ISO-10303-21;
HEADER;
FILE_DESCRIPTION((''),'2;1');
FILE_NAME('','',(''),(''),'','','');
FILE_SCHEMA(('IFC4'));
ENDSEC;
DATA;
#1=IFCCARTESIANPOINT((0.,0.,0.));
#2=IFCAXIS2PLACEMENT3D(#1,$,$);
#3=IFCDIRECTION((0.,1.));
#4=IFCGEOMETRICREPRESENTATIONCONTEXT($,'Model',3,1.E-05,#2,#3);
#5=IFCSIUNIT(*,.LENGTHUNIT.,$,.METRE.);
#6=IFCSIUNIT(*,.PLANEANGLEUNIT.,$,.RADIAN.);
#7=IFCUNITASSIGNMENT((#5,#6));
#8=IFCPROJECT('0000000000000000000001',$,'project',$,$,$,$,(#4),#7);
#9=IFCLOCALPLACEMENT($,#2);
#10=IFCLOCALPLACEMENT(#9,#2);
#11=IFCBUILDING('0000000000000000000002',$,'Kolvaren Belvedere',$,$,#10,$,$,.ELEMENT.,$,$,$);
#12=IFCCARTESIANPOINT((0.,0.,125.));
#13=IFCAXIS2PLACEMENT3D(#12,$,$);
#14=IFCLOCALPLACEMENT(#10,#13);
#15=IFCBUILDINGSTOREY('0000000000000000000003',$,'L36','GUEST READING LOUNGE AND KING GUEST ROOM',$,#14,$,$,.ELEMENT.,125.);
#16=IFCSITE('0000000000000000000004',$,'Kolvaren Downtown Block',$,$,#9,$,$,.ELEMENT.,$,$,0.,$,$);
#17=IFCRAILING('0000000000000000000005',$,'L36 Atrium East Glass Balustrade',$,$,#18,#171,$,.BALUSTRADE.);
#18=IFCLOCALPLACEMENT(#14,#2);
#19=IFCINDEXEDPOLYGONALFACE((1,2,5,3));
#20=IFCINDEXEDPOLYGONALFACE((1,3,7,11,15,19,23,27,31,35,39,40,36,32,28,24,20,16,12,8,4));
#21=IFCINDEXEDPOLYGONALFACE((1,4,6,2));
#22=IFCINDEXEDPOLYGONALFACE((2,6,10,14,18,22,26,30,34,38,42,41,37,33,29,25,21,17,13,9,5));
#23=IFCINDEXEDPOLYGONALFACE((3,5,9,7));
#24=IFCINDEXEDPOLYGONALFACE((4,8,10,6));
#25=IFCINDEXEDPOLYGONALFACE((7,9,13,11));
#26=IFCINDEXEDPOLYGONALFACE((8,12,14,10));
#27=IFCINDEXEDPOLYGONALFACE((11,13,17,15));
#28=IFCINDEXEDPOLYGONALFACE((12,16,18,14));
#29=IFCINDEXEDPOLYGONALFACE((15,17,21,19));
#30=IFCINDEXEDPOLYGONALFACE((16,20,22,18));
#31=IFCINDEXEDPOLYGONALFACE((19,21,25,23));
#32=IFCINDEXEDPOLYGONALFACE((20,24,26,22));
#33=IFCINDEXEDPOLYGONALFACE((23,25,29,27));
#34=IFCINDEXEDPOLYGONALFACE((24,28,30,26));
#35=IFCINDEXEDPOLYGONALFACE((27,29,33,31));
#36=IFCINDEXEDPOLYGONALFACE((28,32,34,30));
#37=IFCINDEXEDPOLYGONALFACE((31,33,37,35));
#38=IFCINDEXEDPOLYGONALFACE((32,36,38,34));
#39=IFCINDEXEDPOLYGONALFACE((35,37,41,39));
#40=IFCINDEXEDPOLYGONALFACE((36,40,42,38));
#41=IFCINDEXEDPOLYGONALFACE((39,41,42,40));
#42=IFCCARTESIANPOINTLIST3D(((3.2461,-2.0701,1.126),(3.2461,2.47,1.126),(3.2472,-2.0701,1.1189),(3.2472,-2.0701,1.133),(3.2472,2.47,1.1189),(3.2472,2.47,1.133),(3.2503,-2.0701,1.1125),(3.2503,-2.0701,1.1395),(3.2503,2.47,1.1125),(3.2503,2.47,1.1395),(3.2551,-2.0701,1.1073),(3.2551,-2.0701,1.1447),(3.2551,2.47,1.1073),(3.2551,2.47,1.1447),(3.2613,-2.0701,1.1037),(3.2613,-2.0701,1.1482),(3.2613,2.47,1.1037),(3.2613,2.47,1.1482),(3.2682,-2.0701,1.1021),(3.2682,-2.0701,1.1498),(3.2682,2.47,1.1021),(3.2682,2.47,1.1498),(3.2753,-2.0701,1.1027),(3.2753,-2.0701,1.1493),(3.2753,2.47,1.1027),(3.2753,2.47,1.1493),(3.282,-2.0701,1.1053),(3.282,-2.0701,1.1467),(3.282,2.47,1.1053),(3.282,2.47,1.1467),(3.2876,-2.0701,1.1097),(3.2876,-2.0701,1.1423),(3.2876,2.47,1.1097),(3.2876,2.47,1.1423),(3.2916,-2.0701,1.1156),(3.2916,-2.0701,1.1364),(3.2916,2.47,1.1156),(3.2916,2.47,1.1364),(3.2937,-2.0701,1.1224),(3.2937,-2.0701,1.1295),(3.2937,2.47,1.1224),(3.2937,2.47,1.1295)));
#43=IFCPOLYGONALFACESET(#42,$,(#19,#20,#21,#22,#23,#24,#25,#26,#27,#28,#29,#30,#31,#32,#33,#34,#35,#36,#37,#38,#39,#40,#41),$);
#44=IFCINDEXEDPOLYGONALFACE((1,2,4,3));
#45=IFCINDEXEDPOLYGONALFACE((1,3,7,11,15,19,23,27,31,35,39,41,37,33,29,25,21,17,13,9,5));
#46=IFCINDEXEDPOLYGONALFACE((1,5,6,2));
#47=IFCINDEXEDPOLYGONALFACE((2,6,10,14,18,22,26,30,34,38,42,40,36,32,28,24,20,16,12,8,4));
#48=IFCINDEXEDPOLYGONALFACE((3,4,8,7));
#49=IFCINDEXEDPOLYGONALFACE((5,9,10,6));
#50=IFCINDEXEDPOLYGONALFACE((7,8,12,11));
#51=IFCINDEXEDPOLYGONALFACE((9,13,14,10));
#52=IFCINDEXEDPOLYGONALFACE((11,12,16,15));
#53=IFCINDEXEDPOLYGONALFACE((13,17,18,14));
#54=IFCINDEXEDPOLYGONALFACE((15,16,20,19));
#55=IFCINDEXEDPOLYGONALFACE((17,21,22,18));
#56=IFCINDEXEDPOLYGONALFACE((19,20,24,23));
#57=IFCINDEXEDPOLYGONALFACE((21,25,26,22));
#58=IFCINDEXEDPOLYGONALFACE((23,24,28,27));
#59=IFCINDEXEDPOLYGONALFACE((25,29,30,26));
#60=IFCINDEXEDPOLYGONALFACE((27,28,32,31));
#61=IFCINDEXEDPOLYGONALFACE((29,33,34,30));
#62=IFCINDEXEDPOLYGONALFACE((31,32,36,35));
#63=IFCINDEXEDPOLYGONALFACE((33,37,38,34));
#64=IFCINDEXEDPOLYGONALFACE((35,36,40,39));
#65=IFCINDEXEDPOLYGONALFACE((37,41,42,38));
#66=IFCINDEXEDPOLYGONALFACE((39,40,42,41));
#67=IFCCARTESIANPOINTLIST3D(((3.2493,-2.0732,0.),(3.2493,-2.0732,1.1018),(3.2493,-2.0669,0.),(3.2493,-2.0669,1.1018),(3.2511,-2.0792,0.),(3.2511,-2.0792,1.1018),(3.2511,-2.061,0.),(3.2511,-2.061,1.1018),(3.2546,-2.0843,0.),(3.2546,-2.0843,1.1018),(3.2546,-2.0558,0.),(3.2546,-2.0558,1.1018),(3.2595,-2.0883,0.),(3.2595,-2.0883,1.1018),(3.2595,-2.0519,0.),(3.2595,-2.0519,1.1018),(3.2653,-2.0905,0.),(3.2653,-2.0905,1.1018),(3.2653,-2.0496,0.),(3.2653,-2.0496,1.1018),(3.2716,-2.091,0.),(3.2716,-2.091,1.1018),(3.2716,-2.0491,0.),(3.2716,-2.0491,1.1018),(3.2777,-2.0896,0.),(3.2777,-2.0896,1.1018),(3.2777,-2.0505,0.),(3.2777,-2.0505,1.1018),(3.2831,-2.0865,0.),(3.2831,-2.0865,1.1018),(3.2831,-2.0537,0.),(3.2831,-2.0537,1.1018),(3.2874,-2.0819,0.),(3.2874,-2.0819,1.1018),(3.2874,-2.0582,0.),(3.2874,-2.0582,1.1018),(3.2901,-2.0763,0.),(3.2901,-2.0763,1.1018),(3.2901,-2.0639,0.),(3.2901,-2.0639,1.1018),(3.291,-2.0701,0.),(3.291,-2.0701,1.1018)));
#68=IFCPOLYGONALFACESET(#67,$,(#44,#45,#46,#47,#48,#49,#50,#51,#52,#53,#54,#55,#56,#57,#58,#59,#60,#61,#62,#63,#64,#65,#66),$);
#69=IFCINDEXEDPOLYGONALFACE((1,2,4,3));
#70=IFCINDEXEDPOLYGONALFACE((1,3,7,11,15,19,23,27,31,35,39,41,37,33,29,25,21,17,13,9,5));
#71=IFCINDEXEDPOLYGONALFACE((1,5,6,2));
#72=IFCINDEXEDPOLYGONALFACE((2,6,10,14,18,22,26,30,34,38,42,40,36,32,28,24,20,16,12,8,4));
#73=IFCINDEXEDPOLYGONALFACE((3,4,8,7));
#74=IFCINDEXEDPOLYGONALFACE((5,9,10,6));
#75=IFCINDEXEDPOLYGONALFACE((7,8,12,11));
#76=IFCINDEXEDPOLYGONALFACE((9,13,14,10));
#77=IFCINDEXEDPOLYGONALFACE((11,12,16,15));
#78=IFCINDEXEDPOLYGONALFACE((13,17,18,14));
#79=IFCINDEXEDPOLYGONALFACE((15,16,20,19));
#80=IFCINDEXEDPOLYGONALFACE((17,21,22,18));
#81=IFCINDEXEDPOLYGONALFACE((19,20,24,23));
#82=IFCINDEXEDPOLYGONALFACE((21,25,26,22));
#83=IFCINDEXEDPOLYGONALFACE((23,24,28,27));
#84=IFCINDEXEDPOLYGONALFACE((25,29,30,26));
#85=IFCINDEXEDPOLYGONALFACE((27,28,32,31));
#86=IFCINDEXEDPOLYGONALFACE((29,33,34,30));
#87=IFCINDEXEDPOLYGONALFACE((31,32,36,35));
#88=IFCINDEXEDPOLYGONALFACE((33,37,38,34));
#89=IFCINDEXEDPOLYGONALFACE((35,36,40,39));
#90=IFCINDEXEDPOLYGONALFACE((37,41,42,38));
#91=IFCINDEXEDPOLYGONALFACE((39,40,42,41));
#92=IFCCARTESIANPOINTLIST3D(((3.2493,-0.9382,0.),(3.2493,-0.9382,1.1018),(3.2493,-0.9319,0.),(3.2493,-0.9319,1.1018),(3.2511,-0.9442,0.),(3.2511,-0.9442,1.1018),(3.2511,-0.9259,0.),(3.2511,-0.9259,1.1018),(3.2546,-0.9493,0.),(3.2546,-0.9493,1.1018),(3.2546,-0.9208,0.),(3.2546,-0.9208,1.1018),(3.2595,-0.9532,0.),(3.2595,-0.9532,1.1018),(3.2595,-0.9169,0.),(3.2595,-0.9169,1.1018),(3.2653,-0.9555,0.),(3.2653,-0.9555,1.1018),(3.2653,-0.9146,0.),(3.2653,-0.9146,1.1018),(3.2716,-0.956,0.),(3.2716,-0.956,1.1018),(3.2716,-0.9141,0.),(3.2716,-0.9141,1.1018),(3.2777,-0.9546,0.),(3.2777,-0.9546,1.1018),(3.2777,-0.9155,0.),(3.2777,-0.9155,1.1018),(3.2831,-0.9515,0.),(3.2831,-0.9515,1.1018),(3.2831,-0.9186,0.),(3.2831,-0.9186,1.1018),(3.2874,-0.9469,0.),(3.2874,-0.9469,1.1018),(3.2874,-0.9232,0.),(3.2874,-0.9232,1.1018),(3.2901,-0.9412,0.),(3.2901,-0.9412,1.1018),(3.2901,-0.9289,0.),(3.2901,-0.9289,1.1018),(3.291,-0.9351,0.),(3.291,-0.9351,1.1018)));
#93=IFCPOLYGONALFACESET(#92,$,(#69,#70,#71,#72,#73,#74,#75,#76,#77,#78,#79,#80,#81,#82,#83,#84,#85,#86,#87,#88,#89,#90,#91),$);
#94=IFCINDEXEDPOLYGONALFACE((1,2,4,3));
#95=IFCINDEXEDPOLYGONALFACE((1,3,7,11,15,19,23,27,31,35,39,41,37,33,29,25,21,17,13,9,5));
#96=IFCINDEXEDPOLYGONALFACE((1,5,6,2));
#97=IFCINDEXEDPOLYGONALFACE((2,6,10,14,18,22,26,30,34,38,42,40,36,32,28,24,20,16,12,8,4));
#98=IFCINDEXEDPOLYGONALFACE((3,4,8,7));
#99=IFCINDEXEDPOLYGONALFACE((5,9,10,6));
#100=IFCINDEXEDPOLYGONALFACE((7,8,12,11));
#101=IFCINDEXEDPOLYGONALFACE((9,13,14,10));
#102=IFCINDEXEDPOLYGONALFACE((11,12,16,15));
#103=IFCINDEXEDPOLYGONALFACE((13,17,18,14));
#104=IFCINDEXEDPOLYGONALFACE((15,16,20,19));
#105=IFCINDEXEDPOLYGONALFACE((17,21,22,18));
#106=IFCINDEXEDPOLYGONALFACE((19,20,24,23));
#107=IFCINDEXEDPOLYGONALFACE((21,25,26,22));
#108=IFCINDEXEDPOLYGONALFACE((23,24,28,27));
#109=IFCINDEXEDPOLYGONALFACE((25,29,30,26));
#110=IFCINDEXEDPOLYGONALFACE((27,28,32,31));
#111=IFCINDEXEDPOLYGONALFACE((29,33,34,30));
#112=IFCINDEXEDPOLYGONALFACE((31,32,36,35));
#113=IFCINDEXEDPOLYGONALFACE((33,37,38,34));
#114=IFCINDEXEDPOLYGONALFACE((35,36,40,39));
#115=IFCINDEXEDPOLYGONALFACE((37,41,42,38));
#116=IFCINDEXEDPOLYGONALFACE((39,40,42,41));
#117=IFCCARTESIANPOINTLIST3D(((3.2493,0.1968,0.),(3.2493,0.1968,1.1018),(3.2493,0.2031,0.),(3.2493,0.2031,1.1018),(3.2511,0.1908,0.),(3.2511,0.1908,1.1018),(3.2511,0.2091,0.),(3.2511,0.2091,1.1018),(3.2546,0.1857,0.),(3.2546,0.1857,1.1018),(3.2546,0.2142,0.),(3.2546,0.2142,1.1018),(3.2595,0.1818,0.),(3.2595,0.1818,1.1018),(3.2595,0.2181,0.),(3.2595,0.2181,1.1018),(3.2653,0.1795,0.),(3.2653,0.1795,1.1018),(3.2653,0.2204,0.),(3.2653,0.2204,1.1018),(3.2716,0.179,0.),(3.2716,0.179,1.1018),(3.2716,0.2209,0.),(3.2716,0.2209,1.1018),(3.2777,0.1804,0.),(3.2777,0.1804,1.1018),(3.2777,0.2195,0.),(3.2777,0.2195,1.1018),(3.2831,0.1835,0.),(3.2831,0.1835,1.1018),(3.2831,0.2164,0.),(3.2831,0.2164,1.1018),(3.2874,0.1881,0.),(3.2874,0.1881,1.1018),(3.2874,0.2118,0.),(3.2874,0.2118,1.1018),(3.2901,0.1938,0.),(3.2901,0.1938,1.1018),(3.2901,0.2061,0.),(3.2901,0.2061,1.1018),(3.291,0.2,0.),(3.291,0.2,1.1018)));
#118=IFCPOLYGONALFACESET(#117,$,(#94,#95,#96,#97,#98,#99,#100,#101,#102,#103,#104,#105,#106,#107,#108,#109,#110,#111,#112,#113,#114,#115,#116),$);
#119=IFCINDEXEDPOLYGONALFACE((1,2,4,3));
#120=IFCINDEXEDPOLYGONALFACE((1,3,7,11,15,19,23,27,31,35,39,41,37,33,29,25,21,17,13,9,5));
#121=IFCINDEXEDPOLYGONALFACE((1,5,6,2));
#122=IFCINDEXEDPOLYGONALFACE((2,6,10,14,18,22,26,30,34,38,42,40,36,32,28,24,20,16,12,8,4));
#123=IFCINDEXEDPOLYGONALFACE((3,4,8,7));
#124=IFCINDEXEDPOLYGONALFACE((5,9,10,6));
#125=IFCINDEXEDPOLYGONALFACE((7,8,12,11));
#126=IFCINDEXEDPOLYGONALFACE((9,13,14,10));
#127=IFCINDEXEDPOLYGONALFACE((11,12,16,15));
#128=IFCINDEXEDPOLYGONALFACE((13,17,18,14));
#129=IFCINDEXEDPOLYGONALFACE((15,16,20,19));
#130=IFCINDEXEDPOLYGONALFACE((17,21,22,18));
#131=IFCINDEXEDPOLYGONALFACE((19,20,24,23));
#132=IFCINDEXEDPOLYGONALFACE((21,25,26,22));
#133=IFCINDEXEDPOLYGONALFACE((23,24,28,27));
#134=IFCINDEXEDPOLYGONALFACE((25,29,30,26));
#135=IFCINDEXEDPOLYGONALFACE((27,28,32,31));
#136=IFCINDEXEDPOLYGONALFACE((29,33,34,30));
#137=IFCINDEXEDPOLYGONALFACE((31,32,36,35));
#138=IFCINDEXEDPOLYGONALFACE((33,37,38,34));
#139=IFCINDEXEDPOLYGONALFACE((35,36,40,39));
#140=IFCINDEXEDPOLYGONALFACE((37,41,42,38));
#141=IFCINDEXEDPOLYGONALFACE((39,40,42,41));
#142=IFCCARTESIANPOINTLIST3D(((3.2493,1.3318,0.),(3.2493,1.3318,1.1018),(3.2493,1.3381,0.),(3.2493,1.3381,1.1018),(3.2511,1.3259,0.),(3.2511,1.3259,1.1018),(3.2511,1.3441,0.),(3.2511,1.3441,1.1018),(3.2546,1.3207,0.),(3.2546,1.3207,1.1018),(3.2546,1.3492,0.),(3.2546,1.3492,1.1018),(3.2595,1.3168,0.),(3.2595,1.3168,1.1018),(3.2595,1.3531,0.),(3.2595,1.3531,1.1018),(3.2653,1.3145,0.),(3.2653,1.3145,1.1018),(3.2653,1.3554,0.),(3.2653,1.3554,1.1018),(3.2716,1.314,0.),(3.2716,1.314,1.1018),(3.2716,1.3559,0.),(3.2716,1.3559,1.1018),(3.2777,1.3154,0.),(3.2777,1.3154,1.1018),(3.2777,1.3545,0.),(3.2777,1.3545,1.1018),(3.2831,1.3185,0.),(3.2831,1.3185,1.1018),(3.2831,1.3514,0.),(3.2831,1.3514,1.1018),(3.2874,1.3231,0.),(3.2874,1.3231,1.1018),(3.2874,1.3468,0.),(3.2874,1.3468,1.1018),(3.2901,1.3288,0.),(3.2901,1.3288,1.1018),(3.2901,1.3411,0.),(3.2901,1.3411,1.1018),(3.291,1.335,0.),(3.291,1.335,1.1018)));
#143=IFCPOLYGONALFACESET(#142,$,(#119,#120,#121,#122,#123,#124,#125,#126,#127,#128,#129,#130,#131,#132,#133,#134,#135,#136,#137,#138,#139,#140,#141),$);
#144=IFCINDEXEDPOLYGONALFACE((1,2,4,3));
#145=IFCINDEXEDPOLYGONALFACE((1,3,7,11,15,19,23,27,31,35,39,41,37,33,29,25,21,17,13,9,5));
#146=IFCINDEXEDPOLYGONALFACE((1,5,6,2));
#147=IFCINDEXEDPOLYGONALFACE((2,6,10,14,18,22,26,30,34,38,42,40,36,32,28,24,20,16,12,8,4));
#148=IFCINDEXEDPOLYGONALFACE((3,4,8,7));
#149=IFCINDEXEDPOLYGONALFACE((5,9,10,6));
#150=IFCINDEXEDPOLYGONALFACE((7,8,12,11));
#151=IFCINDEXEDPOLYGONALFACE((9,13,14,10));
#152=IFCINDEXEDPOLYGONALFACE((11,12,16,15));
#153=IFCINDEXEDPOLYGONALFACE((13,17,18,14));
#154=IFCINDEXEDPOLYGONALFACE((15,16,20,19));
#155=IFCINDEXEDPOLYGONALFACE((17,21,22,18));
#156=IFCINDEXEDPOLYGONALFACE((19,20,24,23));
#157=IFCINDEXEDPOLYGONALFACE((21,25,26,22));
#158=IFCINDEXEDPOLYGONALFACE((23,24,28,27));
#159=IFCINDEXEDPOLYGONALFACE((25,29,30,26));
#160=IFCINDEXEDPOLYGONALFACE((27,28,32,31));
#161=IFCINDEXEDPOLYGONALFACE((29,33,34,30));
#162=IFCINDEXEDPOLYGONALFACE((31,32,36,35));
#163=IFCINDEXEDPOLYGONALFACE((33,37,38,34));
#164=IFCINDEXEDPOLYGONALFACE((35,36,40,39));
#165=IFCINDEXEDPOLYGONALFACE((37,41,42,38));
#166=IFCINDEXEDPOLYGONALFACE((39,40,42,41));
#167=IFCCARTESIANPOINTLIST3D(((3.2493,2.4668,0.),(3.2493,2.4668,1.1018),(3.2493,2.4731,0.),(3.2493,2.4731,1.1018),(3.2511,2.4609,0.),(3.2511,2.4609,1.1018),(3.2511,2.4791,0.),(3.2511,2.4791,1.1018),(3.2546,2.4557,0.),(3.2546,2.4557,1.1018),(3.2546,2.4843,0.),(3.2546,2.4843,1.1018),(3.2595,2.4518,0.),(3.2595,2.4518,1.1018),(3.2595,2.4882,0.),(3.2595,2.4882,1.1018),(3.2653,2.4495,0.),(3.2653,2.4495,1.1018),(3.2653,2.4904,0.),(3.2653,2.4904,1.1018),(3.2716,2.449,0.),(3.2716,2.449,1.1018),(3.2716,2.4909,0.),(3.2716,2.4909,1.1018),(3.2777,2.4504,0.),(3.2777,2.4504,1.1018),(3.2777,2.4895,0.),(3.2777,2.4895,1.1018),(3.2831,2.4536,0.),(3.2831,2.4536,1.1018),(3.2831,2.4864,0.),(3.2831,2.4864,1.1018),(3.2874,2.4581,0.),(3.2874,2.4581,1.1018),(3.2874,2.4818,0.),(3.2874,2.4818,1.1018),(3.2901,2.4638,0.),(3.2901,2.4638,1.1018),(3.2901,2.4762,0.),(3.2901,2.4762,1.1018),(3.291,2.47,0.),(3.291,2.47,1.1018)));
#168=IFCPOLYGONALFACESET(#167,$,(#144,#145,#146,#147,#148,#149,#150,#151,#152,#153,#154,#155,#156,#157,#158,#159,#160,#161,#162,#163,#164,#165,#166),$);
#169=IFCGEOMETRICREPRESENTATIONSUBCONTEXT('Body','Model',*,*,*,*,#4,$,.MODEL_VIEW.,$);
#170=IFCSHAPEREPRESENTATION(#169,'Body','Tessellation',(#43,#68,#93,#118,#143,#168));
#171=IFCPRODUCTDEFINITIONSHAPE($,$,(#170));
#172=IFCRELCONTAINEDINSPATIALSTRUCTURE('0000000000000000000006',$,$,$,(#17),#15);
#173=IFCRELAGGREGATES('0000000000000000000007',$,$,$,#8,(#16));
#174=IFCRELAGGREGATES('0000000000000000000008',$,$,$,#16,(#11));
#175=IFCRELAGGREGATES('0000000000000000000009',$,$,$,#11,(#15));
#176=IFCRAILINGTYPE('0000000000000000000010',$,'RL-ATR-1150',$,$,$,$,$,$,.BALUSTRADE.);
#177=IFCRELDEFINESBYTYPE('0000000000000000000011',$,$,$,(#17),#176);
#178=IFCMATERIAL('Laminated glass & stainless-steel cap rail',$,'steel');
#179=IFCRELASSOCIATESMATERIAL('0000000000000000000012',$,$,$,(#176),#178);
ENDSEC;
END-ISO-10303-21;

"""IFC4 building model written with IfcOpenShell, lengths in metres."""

from ifc_helpers import new_model, si_unit, direction, frame, origin, origin_2d, place, context, subcontext, project, spatial, circle, extrude, material, type_object, element, save


model = new_model("IFC4")

# Units and contexts
model_context = context("Model", 3, precision=1e-05, world=origin(), true_north=direction((0.0, 1.0)))
body_context = subcontext(model_context, "Body", "Model", "MODEL_VIEW")
ifc_project = project(units=[si_unit("LENGTHUNIT", "METRE"), si_unit("PLANEANGLEUNIT", "RADIAN")], contexts=[model_context])

# Site, building, storey
site_placement = place(None, origin())
site = spatial("IfcSite", under=ifc_project, at=site_placement, Name="Kolvaren Downtown Block", CompositionType="ELEMENT", RefElevation=0.0)
building_placement = place(site_placement, origin())
building = spatial("IfcBuilding", under=site, at=building_placement, Name="Kolvaren Belvedere", CompositionType="ELEMENT")
storey_placement = place(building_placement, frame((0.0, 0.0, 125.0)))
storey = spatial("IfcBuildingStorey", under=building, at=storey_placement, Name="L36", Description="GUEST READING LOUNGE AND KING GUEST ROOM", CompositionType="ELEMENT", Elevation=125.0)

# Railing
ifc_material_1 = material(Name="Laminated glass & stainless-steel cap rail", Category="steel")
railing_type = type_object("IfcRailingType", Name="RL-ATR-1150", PredefinedType="BALUSTRADE", material=ifc_material_1)
railing_placement = place(storey_placement, frame((3.27, -2.0701, 0.0)))
element("IfcRailing", 1, at=railing_placement, inside=storey, type_object=railing_type, Name="L36 Atrium East Glass Balustrade", PredefinedType="BALUSTRADE", context=body_context, shape_type="SweptSolid", body=[
    extrude(circle(Radius=0.0239, at=origin_2d()), frame((0.0, 0.0, 1.126), z_axis=(0.0, 1.0, 0.0), x_axis=(-1.0, 0.0, 0.0)), (0.0, 0.0, 1.0), 4.54),
    extrude(circle(Radius=0.021, at=origin_2d()), origin(), (0.0, 0.0, 1.0), 1.1018),
    extrude(circle(Radius=0.021, at=origin_2d()), frame((0.0, 1.135, 0.0)), (0.0, 0.0, 1.0), 1.1018),
    extrude(circle(Radius=0.021, at=origin_2d()), frame((0.0, 2.27, 0.0)), (0.0, 0.0, 1.0), 1.1018),
    extrude(circle(Radius=0.021, at=origin_2d()), frame((0.0, 3.405, 0.0)), (0.0, 0.0, 1.0), 1.1018),
    extrude(circle(Radius=0.021, at=origin_2d()), frame((0.0, 4.54, 0.0)), (0.0, 0.0, 1.0), 1.1018),
])

save(model, "model.ifc")
